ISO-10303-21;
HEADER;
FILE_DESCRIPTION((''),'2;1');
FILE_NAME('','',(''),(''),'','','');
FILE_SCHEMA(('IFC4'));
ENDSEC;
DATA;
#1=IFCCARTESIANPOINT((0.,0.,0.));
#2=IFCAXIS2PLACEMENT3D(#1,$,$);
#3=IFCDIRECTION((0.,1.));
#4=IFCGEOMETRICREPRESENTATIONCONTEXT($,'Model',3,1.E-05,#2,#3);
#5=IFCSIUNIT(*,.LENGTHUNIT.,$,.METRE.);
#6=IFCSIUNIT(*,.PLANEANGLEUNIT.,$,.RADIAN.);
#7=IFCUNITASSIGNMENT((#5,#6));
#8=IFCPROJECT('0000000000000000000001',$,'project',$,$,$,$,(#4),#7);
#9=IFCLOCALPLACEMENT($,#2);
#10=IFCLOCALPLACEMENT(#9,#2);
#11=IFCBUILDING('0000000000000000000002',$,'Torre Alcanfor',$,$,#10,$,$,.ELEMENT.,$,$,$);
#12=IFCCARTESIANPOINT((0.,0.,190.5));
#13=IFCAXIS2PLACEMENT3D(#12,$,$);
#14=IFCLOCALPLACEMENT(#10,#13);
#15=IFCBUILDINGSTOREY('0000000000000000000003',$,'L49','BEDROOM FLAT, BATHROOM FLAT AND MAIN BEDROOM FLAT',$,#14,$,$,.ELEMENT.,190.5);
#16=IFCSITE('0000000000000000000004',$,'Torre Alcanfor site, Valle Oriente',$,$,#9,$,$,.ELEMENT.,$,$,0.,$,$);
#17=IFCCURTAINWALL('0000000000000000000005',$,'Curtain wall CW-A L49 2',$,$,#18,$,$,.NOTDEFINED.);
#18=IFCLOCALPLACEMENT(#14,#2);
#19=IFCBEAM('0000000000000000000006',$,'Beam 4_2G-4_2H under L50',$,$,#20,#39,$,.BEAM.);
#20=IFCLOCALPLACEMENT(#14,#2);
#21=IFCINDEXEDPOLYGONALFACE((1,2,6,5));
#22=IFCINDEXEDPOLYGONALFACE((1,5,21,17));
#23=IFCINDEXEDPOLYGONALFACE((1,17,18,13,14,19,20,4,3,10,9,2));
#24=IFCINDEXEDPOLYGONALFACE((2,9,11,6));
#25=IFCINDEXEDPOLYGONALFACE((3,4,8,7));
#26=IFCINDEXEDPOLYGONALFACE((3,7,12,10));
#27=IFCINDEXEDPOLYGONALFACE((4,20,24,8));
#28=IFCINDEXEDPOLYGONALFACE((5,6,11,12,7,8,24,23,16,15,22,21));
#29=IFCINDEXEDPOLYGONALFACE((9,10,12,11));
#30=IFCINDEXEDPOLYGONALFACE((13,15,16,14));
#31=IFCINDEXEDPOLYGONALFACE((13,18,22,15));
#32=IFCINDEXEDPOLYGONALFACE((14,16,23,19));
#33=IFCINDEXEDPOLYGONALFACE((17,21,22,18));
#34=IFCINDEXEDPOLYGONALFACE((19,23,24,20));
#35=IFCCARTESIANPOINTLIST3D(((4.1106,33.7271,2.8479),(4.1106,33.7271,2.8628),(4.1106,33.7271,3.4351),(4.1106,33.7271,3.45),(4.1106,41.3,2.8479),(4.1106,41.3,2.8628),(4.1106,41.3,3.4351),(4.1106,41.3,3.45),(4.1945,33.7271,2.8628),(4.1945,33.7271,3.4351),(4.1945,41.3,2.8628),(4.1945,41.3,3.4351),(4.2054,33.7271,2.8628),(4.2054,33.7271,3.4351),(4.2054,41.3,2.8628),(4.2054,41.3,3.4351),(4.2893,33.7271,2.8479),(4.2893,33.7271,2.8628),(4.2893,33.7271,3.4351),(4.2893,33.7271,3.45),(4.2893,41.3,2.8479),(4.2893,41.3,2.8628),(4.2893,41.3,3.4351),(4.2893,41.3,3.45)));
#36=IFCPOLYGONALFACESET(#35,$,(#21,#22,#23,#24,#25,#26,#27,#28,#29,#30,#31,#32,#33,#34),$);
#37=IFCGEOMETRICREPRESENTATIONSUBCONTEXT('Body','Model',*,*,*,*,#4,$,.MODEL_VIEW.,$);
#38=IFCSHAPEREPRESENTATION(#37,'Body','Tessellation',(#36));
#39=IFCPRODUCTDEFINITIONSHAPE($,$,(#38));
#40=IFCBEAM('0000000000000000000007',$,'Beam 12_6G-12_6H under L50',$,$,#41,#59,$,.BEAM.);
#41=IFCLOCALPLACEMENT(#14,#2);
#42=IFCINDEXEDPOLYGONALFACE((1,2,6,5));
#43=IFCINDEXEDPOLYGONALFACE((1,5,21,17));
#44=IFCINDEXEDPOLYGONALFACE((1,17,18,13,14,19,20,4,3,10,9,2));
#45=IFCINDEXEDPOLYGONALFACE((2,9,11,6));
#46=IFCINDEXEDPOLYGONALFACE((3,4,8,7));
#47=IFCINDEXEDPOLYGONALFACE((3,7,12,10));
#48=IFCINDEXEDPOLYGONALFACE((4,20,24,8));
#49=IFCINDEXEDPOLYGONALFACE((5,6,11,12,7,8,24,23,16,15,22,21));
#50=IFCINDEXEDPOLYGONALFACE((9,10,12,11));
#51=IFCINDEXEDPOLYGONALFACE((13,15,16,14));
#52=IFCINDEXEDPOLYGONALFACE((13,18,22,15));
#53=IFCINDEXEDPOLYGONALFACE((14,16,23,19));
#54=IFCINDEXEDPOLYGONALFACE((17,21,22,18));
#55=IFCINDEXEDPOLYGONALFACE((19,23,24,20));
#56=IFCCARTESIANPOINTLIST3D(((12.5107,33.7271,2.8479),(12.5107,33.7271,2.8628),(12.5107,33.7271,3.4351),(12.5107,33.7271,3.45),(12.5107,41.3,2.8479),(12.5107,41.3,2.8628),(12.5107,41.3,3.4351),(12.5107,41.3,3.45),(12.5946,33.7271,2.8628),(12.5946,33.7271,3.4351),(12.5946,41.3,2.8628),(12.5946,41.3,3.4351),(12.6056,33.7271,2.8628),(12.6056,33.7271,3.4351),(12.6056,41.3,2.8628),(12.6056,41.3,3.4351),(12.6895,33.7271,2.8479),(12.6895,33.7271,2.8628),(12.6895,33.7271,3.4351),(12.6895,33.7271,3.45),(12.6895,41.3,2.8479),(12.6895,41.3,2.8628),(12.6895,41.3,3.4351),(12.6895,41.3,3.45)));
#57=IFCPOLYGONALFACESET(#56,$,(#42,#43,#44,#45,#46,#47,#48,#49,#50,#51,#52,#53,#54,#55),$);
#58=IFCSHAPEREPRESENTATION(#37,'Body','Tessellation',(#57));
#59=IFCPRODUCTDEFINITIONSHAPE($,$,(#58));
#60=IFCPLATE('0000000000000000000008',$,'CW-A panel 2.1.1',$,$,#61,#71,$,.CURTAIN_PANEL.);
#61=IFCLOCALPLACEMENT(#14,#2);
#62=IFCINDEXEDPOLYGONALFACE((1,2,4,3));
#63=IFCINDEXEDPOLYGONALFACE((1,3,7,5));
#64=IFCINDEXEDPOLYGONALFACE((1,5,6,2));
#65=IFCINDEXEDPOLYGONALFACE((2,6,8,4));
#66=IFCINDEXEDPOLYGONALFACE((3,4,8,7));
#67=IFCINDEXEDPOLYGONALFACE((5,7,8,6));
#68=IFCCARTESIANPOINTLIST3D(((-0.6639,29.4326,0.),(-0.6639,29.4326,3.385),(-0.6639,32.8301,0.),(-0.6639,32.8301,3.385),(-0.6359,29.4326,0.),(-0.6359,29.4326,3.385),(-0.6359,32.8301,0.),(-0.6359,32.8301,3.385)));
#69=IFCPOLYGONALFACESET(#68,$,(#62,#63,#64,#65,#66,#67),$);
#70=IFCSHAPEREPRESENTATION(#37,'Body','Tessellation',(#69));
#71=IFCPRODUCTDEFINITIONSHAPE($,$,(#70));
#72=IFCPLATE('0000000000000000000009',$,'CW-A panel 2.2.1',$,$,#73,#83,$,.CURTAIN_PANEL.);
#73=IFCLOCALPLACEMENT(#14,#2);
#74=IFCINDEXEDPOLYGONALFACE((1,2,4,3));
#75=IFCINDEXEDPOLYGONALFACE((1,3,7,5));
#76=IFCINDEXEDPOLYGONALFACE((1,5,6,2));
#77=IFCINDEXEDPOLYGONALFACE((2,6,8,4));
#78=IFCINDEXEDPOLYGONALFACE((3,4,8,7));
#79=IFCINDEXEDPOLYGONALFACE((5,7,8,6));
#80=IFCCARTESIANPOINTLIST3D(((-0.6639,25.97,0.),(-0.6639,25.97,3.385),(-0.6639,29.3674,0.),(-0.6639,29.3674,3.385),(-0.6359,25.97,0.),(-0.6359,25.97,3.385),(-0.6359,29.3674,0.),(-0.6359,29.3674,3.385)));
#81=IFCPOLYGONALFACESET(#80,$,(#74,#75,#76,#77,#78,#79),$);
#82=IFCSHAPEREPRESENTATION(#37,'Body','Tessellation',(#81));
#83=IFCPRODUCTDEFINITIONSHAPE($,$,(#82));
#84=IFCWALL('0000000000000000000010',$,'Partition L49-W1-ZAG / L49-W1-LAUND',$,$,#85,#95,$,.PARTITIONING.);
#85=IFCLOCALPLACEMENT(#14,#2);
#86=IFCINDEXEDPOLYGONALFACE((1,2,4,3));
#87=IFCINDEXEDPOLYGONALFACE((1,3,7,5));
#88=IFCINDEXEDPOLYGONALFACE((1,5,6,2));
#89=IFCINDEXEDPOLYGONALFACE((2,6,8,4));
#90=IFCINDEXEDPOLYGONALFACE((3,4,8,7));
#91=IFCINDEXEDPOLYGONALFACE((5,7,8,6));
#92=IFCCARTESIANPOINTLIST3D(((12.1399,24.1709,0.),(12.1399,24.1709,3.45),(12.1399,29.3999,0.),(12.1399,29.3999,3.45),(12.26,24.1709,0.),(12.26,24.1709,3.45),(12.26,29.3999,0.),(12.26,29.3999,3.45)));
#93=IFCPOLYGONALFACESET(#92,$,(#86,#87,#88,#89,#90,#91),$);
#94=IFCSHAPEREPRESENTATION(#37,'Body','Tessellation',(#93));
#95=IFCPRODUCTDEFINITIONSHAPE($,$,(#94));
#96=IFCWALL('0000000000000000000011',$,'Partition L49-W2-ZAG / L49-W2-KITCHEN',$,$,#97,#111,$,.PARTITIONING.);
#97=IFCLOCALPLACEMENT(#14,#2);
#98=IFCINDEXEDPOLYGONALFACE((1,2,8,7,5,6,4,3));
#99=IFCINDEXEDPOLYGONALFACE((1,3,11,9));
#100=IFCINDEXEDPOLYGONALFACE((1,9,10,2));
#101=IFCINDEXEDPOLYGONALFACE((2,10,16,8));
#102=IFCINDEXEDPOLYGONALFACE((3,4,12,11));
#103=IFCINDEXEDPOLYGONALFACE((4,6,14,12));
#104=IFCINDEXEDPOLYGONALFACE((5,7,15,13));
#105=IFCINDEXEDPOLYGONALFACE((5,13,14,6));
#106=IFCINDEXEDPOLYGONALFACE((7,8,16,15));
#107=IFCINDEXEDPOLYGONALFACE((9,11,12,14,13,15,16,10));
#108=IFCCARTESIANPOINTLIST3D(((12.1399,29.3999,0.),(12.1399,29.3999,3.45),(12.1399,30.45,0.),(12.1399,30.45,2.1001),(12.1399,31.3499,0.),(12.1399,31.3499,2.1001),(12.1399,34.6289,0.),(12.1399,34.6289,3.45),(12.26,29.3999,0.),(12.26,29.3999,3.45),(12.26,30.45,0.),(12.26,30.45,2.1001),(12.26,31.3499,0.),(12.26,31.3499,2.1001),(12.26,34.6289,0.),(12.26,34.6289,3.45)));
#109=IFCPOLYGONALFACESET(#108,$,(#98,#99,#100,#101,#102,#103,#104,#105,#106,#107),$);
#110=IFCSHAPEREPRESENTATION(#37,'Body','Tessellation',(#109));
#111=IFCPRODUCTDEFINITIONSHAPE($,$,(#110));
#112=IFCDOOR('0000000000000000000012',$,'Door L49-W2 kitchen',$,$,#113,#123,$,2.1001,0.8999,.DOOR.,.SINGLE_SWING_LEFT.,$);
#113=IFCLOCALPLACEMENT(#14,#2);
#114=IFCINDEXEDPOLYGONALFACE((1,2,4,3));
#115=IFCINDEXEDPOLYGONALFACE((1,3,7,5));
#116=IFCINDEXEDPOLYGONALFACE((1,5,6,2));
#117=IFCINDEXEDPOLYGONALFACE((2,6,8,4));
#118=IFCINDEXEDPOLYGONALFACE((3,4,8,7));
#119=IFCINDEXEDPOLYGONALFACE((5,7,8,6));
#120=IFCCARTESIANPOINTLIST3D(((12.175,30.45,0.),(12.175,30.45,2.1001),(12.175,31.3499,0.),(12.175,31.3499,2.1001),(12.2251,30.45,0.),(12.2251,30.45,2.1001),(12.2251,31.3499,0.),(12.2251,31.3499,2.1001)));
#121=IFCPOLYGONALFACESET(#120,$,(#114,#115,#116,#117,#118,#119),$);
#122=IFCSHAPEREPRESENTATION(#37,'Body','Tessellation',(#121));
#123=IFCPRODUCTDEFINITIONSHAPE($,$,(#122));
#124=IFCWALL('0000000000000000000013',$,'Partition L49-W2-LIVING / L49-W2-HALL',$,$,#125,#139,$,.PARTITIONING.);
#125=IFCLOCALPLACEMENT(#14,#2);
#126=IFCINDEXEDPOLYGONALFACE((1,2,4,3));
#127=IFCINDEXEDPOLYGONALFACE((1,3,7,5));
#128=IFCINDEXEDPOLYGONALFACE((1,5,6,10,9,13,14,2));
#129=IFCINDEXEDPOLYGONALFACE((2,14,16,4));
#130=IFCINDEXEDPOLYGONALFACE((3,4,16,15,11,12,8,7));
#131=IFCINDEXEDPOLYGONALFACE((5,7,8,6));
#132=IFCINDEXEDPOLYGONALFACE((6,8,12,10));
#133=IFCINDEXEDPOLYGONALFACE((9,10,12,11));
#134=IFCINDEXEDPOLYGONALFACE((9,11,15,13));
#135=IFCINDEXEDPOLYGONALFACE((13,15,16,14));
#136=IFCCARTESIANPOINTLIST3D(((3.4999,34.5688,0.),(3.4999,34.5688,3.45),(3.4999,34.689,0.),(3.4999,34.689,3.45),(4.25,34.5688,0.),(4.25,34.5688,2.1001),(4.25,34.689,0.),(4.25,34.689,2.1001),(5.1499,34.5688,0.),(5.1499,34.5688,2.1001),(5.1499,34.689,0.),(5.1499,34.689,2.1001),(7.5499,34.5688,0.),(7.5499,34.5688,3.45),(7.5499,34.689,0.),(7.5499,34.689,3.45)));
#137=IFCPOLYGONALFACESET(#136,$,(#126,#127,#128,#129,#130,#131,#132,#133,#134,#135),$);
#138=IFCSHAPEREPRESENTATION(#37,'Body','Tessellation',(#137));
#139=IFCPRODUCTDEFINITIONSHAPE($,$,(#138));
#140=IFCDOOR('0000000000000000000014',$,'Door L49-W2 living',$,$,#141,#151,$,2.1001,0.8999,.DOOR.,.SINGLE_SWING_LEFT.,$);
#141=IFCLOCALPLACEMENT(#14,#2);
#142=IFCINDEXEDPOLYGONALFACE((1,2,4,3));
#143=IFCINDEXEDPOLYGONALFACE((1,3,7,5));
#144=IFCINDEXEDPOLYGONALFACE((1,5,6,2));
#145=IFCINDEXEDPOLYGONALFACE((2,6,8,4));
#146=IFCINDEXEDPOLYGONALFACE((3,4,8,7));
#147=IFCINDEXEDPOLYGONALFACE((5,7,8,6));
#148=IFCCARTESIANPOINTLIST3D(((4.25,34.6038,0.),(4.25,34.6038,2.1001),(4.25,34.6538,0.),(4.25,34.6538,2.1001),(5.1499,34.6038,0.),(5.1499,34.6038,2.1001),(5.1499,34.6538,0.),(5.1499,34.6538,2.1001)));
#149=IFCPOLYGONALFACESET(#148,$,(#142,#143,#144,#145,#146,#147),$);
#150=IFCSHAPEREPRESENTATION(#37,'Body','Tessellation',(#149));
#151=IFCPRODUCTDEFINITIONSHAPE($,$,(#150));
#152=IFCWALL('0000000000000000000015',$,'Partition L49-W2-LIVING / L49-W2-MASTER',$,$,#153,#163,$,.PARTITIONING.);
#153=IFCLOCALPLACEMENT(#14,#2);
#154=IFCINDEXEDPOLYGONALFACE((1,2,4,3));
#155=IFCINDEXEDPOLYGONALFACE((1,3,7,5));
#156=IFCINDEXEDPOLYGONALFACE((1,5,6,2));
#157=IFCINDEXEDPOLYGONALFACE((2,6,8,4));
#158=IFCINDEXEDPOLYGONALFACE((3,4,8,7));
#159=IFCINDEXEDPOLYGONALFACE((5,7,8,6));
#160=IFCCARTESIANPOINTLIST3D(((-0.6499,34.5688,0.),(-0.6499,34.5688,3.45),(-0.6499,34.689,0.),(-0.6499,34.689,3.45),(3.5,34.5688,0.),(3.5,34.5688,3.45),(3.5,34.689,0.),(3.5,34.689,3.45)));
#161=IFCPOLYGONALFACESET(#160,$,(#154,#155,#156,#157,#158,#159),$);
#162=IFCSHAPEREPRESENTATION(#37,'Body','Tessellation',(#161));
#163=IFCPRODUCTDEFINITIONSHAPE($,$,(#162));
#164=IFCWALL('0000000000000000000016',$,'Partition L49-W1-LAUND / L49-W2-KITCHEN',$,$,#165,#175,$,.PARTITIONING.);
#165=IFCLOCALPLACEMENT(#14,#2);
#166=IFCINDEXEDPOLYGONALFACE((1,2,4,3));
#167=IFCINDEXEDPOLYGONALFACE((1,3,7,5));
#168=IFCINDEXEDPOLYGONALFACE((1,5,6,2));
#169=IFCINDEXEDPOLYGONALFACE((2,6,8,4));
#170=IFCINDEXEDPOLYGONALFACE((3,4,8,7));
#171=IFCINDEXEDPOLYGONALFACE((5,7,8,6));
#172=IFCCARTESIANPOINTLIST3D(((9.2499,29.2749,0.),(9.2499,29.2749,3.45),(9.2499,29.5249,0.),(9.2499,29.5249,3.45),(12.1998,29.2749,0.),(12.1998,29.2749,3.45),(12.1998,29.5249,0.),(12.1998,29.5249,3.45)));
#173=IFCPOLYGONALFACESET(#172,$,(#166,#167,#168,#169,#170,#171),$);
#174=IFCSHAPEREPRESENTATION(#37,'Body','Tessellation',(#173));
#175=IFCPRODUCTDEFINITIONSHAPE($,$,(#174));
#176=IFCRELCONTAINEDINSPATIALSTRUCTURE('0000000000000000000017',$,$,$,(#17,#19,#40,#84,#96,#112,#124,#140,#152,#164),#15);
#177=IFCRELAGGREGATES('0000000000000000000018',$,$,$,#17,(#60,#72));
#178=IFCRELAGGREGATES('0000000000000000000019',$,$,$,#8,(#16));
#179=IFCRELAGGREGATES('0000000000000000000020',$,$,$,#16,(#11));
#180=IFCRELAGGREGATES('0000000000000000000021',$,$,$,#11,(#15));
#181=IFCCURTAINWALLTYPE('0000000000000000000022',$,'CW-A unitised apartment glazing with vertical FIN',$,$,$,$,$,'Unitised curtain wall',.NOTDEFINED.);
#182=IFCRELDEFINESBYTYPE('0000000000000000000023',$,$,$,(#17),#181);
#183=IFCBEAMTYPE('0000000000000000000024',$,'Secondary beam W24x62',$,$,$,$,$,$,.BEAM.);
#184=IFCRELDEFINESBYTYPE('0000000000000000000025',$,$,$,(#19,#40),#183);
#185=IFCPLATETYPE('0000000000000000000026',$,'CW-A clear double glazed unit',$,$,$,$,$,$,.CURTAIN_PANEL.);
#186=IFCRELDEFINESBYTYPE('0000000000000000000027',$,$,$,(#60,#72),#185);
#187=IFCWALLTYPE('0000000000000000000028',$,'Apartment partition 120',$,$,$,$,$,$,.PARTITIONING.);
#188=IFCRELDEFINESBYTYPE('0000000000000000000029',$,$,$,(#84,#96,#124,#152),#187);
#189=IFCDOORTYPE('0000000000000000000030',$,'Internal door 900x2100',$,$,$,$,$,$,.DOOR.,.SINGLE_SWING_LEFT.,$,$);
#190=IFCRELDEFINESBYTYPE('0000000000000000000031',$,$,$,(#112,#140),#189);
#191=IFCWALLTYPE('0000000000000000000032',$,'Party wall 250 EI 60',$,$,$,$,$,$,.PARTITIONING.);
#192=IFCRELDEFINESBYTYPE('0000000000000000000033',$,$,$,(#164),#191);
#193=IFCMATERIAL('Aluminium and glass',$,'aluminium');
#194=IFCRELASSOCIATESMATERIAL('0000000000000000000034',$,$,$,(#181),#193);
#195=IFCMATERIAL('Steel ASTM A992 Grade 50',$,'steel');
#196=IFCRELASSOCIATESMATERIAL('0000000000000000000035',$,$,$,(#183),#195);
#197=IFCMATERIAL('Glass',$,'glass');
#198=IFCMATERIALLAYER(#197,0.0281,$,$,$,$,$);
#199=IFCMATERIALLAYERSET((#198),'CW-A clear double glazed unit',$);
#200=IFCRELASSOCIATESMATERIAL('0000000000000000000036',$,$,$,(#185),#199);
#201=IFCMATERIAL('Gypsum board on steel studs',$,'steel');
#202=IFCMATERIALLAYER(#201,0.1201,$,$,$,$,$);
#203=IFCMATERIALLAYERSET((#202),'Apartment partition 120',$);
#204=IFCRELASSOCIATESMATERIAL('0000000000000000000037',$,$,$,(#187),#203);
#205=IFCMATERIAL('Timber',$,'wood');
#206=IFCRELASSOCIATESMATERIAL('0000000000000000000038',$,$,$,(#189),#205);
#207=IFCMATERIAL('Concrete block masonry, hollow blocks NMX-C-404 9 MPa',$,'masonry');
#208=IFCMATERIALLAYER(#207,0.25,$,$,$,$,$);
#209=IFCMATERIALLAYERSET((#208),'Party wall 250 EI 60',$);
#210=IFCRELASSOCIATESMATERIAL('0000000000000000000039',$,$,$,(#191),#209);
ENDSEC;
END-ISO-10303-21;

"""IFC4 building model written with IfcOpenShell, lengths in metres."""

from ifc_helpers import new_model, si_unit, direction, frame, frame_2d, origin, origin_2d, place, context, subcontext, project, spatial, rectangle, i_section, extrude, material, layer, layer_set, material_profile, profile_set, type_object, element, fill, aggregate, save


model = new_model("IFC4")

# Units and contexts
model_context = context("Model", 3, precision=1e-05, world=origin(), true_north=direction((0.0, 1.0)))
body_context = subcontext(model_context, "Body", "Model", "MODEL_VIEW")
ifc_project = project(units=[si_unit("LENGTHUNIT", "METRE"), si_unit("PLANEANGLEUNIT", "RADIAN")], contexts=[model_context])

# Site, building, storey
site_placement = place(None, origin())
site = spatial("IfcSite", under=ifc_project, at=site_placement, Name="Torre Alcanfor site, Valle Oriente", CompositionType="ELEMENT", RefElevation=0.0)
building_placement = place(site_placement, origin())
building = spatial("IfcBuilding", under=site, at=building_placement, Name="Torre Alcanfor", CompositionType="ELEMENT")
storey_placement = place(building_placement, frame((0.0, 0.0, 190.5)))
storey = spatial("IfcBuildingStorey", under=building, at=storey_placement, Name="L49", Description="BEDROOM FLAT, BATHROOM FLAT AND MAIN BEDROOM FLAT", CompositionType="ELEMENT", Elevation=190.5)

# Curtain wall
ifc_material_1 = material(Name="Aluminium and glass", Category="aluminium")
curtain_wall_type = type_object("IfcCurtainWallType", Name="CW-A unitised apartment glazing with vertical FIN", ElementType="Unitised curtain wall", PredefinedType="NOTDEFINED", material=ifc_material_1)
curtain_wall_placement = place(storey_placement, origin())
curtain_wall = element("IfcCurtainWall", 1, at=curtain_wall_placement, inside=storey, type_object=curtain_wall_type, Name="Curtain wall CW-A L49 2", PredefinedType="NOTDEFINED")

# Beams
ifc_material_2 = material(Name="Steel ASTM A992 Grade 50", Category="steel")
ifc_material_profile_1 = material_profile(ifc_material_2, i_section(OverallWidth=0.1787, OverallDepth=0.6021, WebThickness=0.011, FlangeThickness=0.0149, at=origin_2d()), Name="W24x62")
ifc_profile_set_1 = profile_set([ifc_material_profile_1], Name="Steel ASTM A992 Grade 50")
beam_type_1 = type_object("IfcBeamType", Name="Secondary beam W24x62", PredefinedType="BEAM", material=ifc_profile_set_1)
for number, where, z_axis, x_axis, name in (
    (2, (4.2, 33.7271, 3.1489), (0.0, 1.0, 0.0), (-1.0, 0.0, 0.0), "Beam 4_2G-4_2H under L50"),
    (3, (12.6001, 33.7271, 3.1489), (0.0, 1.0, 0.0), (-1.0, 0.0, 0.0), "Beam 12_6G-12_6H under L50"),
):
    element("IfcBeam", number, at=place(storey_placement, frame(where, z_axis=z_axis, x_axis=x_axis)), inside=storey, type_object=beam_type_1, Name=name, PredefinedType="BEAM", context=body_context, shape_type="SweptSolid", body=[
        extrude(i_section(OverallWidth=0.1787, OverallDepth=0.6021, WebThickness=0.011, FlangeThickness=0.0149, at=origin_2d()), origin(), (0.0, 0.0, 1.0), 7.573),
    ])

# Plates
ifc_material_3 = material(Name="Glass", Category="glass")
ifc_layer_1 = layer(ifc_material_3, 0.0281)
ifc_layer_set_1 = layer_set([ifc_layer_1], Name="CW-A clear double glazed unit")
plate_type = type_object("IfcPlateType", Name="CW-A clear double glazed unit", PredefinedType="CURTAIN_PANEL", material=ifc_layer_set_1)
plate_1_placement = place(storey_placement, frame((-0.6499, 31.1313, 0.0), z_axis=(0.0, 0.0, 1.0), x_axis=(0.0, -1.0, 0.0)))
plate_1 = element("IfcPlate", 4, at=plate_1_placement, type_object=plate_type, Name="CW-A panel 2.1.1", PredefinedType="CURTAIN_PANEL", context=body_context, shape_type="SweptSolid", body=[
    extrude(rectangle(XDim=3.3975, YDim=0.0281, at=origin_2d()), origin(), (0.0, 0.0, 1.0), 3.385),
])
plate_2_placement = place(storey_placement, frame((-0.6499, 27.6687, 0.0), z_axis=(0.0, 0.0, 1.0), x_axis=(0.0, -1.0, 0.0)))
plate_2 = element("IfcPlate", 5, at=plate_2_placement, type_object=plate_type, Name="CW-A panel 2.2.1", PredefinedType="CURTAIN_PANEL", context=body_context, shape_type="SweptSolid", body=[
    extrude(rectangle(XDim=3.3975, YDim=0.0281, at=origin_2d()), origin(), (0.0, 0.0, 1.0), 3.385),
])
aggregate(curtain_wall, [plate_1, plate_2])

# Wall
ifc_material_4 = material(Name="Gypsum board on steel studs", Category="steel")
ifc_layer_2 = layer(ifc_material_4, 0.1201)
ifc_layer_set_2 = layer_set([ifc_layer_2], Name="Apartment partition 120")
wall_type_1 = type_object("IfcWallType", Name="Apartment partition 120", PredefinedType="PARTITIONING", material=ifc_layer_set_2)
wall_1_placement = place(storey_placement, frame((12.2, 29.3999, 0.0), z_axis=(0.0, 0.0, 1.0), x_axis=(0.0, -1.0, 0.0)))
element("IfcWall", 6, at=wall_1_placement, inside=storey, type_object=wall_type_1, Name="Partition L49-W1-ZAG / L49-W1-LAUND", PredefinedType="PARTITIONING", context=body_context, shape_type="SweptSolid", body=[
    extrude(rectangle(XDim=5.229, YDim=0.1201, at=frame_2d((2.6145, 0.0))), origin(), (0.0, 0.0, 1.0), 3.45),
])

# Walls, openings, doors
wall_2_placement = place(storey_placement, frame((12.2, 29.3999, 0.0), z_axis=(0.0, 0.0, 1.0), x_axis=(0.0, 1.0, 0.0)))
wall_2 = element("IfcWall", 7, at=wall_2_placement, inside=storey, type_object=wall_type_1, Name="Partition L49-W2-ZAG / L49-W2-KITCHEN", PredefinedType="PARTITIONING", context=body_context, shape_type="SweptSolid", body=[
    extrude(rectangle(XDim=5.229, YDim=0.1201, at=frame_2d((2.6145, 0.0))), origin(), (0.0, 0.0, 1.0), 3.45),
])
opening_1_placement = place(wall_2_placement, frame((1.05, 0.0, 0.0)))
opening_1 = element("IfcOpeningElement", 8, at=opening_1_placement, cuts=wall_2, PredefinedType="OPENING", context=body_context, shape_type="SweptSolid", body=[
    extrude(rectangle(XDim=0.8999, YDim=2.1001, at=frame_2d((0.45, 1.05))), frame((0.0, 0.0701, 0.0), z_axis=(0.0, -1.0, 0.0), x_axis=(1.0, 0.0, 0.0)), (0.0, 0.0, 1.0), 0.1401),
])
ifc_material_5 = material(Name="Timber", Category="wood")
door_type = type_object("IfcDoorType", Name="Internal door 900x2100", OperationType="SINGLE_SWING_LEFT", PredefinedType="DOOR", material=ifc_material_5)
door_1_placement = place(opening_1_placement, origin())
door_1 = element("IfcDoor", 9, at=door_1_placement, inside=storey, type_object=door_type, Name="Door L49-W2 kitchen", OperationType="SINGLE_SWING_LEFT", OverallHeight=2.1001, OverallWidth=0.8999, PredefinedType="DOOR", context=body_context, shape_type="SweptSolid", body=[
    extrude(rectangle(XDim=0.8999, YDim=2.1001, at=frame_2d((0.45, 1.05))), frame((0.0, 0.0249, 0.0), z_axis=(0.0, -1.0, 0.0), x_axis=(1.0, 0.0, 0.0)), (0.0, 0.0, 1.0), 0.05),
])
fill(opening_1, door_1)
wall_3_placement = place(storey_placement, frame((3.5, 34.6289, 0.0), z_axis=(0.0, 0.0, 1.0), x_axis=(1.0, 0.0, 0.0)))
wall_3 = element("IfcWall", 10, at=wall_3_placement, inside=storey, type_object=wall_type_1, Name="Partition L49-W2-LIVING / L49-W2-HALL", PredefinedType="PARTITIONING", context=body_context, shape_type="SweptSolid", body=[
    extrude(rectangle(XDim=4.05, YDim=0.1201, at=frame_2d((2.0249, 0.0))), origin(), (0.0, 0.0, 1.0), 3.45),
])
opening_2_placement = place(wall_3_placement, frame((0.75, 0.0, 0.0)))
opening_2 = element("IfcOpeningElement", 11, at=opening_2_placement, cuts=wall_3, PredefinedType="OPENING", context=body_context, shape_type="SweptSolid", body=[
    extrude(rectangle(XDim=0.8999, YDim=2.1001, at=frame_2d((0.45, 1.05))), frame((0.0, 0.0701, 0.0), z_axis=(0.0, -1.0, 0.0), x_axis=(1.0, 0.0, 0.0)), (0.0, 0.0, 1.0), 0.1401),
])
door_2_placement = place(opening_2_placement, frame((0.8999, 0.0, 0.0), z_axis=(0.0, 0.0, 1.0), x_axis=(-1.0, 0.0, 0.0)))
door_2 = element("IfcDoor", 12, at=door_2_placement, inside=storey, type_object=door_type, Name="Door L49-W2 living", OperationType="SINGLE_SWING_LEFT", OverallHeight=2.1001, OverallWidth=0.8999, PredefinedType="DOOR", context=body_context, shape_type="SweptSolid", body=[
    extrude(rectangle(XDim=0.8999, YDim=2.1001, at=frame_2d((0.45, 1.05))), frame((0.0, 0.0251, 0.0), z_axis=(0.0, -1.0, 0.0), x_axis=(1.0, 0.0, 0.0)), (0.0, 0.0, 1.0), 0.05),
])
fill(opening_2, door_2)

# Walls
wall_4_placement = place(storey_placement, frame((-0.6499, 34.6289, 0.0), z_axis=(0.0, 0.0, 1.0), x_axis=(1.0, 0.0, 0.0)))
element("IfcWall", 13, at=wall_4_placement, inside=storey, type_object=wall_type_1, Name="Partition L49-W2-LIVING / L49-W2-MASTER", PredefinedType="PARTITIONING", context=body_context, shape_type="SweptSolid", body=[
    extrude(rectangle(XDim=4.1499, YDim=0.1201, at=frame_2d((2.075, 0.0))), origin(), (0.0, 0.0, 1.0), 3.45),
])
ifc_material_6 = material(Name="Concrete block masonry, hollow blocks NMX-C-404 9 MPa", Category="masonry")
ifc_layer_3 = layer(ifc_material_6, 0.25)
ifc_layer_set_3 = layer_set([ifc_layer_3], Name="Party wall 250 EI 60")
wall_type_2 = type_object("IfcWallType", Name="Party wall 250 EI 60", PredefinedType="PARTITIONING", material=ifc_layer_set_3)
wall_5_placement = place(storey_placement, frame((12.2, 29.3999, 0.0), z_axis=(0.0, 0.0, 1.0), x_axis=(-1.0, 0.0, 0.0)))
element("IfcWall", 14, at=wall_5_placement, inside=storey, type_object=wall_type_2, Name="Partition L49-W1-LAUND / L49-W2-KITCHEN", PredefinedType="PARTITIONING", context=body_context, shape_type="SweptSolid", body=[
    extrude(rectangle(XDim=2.95, YDim=0.25, at=frame_2d((1.4751, 0.0))), origin(), (0.0, 0.0, 1.0), 3.45),
])

save(model, "model.ifc")
